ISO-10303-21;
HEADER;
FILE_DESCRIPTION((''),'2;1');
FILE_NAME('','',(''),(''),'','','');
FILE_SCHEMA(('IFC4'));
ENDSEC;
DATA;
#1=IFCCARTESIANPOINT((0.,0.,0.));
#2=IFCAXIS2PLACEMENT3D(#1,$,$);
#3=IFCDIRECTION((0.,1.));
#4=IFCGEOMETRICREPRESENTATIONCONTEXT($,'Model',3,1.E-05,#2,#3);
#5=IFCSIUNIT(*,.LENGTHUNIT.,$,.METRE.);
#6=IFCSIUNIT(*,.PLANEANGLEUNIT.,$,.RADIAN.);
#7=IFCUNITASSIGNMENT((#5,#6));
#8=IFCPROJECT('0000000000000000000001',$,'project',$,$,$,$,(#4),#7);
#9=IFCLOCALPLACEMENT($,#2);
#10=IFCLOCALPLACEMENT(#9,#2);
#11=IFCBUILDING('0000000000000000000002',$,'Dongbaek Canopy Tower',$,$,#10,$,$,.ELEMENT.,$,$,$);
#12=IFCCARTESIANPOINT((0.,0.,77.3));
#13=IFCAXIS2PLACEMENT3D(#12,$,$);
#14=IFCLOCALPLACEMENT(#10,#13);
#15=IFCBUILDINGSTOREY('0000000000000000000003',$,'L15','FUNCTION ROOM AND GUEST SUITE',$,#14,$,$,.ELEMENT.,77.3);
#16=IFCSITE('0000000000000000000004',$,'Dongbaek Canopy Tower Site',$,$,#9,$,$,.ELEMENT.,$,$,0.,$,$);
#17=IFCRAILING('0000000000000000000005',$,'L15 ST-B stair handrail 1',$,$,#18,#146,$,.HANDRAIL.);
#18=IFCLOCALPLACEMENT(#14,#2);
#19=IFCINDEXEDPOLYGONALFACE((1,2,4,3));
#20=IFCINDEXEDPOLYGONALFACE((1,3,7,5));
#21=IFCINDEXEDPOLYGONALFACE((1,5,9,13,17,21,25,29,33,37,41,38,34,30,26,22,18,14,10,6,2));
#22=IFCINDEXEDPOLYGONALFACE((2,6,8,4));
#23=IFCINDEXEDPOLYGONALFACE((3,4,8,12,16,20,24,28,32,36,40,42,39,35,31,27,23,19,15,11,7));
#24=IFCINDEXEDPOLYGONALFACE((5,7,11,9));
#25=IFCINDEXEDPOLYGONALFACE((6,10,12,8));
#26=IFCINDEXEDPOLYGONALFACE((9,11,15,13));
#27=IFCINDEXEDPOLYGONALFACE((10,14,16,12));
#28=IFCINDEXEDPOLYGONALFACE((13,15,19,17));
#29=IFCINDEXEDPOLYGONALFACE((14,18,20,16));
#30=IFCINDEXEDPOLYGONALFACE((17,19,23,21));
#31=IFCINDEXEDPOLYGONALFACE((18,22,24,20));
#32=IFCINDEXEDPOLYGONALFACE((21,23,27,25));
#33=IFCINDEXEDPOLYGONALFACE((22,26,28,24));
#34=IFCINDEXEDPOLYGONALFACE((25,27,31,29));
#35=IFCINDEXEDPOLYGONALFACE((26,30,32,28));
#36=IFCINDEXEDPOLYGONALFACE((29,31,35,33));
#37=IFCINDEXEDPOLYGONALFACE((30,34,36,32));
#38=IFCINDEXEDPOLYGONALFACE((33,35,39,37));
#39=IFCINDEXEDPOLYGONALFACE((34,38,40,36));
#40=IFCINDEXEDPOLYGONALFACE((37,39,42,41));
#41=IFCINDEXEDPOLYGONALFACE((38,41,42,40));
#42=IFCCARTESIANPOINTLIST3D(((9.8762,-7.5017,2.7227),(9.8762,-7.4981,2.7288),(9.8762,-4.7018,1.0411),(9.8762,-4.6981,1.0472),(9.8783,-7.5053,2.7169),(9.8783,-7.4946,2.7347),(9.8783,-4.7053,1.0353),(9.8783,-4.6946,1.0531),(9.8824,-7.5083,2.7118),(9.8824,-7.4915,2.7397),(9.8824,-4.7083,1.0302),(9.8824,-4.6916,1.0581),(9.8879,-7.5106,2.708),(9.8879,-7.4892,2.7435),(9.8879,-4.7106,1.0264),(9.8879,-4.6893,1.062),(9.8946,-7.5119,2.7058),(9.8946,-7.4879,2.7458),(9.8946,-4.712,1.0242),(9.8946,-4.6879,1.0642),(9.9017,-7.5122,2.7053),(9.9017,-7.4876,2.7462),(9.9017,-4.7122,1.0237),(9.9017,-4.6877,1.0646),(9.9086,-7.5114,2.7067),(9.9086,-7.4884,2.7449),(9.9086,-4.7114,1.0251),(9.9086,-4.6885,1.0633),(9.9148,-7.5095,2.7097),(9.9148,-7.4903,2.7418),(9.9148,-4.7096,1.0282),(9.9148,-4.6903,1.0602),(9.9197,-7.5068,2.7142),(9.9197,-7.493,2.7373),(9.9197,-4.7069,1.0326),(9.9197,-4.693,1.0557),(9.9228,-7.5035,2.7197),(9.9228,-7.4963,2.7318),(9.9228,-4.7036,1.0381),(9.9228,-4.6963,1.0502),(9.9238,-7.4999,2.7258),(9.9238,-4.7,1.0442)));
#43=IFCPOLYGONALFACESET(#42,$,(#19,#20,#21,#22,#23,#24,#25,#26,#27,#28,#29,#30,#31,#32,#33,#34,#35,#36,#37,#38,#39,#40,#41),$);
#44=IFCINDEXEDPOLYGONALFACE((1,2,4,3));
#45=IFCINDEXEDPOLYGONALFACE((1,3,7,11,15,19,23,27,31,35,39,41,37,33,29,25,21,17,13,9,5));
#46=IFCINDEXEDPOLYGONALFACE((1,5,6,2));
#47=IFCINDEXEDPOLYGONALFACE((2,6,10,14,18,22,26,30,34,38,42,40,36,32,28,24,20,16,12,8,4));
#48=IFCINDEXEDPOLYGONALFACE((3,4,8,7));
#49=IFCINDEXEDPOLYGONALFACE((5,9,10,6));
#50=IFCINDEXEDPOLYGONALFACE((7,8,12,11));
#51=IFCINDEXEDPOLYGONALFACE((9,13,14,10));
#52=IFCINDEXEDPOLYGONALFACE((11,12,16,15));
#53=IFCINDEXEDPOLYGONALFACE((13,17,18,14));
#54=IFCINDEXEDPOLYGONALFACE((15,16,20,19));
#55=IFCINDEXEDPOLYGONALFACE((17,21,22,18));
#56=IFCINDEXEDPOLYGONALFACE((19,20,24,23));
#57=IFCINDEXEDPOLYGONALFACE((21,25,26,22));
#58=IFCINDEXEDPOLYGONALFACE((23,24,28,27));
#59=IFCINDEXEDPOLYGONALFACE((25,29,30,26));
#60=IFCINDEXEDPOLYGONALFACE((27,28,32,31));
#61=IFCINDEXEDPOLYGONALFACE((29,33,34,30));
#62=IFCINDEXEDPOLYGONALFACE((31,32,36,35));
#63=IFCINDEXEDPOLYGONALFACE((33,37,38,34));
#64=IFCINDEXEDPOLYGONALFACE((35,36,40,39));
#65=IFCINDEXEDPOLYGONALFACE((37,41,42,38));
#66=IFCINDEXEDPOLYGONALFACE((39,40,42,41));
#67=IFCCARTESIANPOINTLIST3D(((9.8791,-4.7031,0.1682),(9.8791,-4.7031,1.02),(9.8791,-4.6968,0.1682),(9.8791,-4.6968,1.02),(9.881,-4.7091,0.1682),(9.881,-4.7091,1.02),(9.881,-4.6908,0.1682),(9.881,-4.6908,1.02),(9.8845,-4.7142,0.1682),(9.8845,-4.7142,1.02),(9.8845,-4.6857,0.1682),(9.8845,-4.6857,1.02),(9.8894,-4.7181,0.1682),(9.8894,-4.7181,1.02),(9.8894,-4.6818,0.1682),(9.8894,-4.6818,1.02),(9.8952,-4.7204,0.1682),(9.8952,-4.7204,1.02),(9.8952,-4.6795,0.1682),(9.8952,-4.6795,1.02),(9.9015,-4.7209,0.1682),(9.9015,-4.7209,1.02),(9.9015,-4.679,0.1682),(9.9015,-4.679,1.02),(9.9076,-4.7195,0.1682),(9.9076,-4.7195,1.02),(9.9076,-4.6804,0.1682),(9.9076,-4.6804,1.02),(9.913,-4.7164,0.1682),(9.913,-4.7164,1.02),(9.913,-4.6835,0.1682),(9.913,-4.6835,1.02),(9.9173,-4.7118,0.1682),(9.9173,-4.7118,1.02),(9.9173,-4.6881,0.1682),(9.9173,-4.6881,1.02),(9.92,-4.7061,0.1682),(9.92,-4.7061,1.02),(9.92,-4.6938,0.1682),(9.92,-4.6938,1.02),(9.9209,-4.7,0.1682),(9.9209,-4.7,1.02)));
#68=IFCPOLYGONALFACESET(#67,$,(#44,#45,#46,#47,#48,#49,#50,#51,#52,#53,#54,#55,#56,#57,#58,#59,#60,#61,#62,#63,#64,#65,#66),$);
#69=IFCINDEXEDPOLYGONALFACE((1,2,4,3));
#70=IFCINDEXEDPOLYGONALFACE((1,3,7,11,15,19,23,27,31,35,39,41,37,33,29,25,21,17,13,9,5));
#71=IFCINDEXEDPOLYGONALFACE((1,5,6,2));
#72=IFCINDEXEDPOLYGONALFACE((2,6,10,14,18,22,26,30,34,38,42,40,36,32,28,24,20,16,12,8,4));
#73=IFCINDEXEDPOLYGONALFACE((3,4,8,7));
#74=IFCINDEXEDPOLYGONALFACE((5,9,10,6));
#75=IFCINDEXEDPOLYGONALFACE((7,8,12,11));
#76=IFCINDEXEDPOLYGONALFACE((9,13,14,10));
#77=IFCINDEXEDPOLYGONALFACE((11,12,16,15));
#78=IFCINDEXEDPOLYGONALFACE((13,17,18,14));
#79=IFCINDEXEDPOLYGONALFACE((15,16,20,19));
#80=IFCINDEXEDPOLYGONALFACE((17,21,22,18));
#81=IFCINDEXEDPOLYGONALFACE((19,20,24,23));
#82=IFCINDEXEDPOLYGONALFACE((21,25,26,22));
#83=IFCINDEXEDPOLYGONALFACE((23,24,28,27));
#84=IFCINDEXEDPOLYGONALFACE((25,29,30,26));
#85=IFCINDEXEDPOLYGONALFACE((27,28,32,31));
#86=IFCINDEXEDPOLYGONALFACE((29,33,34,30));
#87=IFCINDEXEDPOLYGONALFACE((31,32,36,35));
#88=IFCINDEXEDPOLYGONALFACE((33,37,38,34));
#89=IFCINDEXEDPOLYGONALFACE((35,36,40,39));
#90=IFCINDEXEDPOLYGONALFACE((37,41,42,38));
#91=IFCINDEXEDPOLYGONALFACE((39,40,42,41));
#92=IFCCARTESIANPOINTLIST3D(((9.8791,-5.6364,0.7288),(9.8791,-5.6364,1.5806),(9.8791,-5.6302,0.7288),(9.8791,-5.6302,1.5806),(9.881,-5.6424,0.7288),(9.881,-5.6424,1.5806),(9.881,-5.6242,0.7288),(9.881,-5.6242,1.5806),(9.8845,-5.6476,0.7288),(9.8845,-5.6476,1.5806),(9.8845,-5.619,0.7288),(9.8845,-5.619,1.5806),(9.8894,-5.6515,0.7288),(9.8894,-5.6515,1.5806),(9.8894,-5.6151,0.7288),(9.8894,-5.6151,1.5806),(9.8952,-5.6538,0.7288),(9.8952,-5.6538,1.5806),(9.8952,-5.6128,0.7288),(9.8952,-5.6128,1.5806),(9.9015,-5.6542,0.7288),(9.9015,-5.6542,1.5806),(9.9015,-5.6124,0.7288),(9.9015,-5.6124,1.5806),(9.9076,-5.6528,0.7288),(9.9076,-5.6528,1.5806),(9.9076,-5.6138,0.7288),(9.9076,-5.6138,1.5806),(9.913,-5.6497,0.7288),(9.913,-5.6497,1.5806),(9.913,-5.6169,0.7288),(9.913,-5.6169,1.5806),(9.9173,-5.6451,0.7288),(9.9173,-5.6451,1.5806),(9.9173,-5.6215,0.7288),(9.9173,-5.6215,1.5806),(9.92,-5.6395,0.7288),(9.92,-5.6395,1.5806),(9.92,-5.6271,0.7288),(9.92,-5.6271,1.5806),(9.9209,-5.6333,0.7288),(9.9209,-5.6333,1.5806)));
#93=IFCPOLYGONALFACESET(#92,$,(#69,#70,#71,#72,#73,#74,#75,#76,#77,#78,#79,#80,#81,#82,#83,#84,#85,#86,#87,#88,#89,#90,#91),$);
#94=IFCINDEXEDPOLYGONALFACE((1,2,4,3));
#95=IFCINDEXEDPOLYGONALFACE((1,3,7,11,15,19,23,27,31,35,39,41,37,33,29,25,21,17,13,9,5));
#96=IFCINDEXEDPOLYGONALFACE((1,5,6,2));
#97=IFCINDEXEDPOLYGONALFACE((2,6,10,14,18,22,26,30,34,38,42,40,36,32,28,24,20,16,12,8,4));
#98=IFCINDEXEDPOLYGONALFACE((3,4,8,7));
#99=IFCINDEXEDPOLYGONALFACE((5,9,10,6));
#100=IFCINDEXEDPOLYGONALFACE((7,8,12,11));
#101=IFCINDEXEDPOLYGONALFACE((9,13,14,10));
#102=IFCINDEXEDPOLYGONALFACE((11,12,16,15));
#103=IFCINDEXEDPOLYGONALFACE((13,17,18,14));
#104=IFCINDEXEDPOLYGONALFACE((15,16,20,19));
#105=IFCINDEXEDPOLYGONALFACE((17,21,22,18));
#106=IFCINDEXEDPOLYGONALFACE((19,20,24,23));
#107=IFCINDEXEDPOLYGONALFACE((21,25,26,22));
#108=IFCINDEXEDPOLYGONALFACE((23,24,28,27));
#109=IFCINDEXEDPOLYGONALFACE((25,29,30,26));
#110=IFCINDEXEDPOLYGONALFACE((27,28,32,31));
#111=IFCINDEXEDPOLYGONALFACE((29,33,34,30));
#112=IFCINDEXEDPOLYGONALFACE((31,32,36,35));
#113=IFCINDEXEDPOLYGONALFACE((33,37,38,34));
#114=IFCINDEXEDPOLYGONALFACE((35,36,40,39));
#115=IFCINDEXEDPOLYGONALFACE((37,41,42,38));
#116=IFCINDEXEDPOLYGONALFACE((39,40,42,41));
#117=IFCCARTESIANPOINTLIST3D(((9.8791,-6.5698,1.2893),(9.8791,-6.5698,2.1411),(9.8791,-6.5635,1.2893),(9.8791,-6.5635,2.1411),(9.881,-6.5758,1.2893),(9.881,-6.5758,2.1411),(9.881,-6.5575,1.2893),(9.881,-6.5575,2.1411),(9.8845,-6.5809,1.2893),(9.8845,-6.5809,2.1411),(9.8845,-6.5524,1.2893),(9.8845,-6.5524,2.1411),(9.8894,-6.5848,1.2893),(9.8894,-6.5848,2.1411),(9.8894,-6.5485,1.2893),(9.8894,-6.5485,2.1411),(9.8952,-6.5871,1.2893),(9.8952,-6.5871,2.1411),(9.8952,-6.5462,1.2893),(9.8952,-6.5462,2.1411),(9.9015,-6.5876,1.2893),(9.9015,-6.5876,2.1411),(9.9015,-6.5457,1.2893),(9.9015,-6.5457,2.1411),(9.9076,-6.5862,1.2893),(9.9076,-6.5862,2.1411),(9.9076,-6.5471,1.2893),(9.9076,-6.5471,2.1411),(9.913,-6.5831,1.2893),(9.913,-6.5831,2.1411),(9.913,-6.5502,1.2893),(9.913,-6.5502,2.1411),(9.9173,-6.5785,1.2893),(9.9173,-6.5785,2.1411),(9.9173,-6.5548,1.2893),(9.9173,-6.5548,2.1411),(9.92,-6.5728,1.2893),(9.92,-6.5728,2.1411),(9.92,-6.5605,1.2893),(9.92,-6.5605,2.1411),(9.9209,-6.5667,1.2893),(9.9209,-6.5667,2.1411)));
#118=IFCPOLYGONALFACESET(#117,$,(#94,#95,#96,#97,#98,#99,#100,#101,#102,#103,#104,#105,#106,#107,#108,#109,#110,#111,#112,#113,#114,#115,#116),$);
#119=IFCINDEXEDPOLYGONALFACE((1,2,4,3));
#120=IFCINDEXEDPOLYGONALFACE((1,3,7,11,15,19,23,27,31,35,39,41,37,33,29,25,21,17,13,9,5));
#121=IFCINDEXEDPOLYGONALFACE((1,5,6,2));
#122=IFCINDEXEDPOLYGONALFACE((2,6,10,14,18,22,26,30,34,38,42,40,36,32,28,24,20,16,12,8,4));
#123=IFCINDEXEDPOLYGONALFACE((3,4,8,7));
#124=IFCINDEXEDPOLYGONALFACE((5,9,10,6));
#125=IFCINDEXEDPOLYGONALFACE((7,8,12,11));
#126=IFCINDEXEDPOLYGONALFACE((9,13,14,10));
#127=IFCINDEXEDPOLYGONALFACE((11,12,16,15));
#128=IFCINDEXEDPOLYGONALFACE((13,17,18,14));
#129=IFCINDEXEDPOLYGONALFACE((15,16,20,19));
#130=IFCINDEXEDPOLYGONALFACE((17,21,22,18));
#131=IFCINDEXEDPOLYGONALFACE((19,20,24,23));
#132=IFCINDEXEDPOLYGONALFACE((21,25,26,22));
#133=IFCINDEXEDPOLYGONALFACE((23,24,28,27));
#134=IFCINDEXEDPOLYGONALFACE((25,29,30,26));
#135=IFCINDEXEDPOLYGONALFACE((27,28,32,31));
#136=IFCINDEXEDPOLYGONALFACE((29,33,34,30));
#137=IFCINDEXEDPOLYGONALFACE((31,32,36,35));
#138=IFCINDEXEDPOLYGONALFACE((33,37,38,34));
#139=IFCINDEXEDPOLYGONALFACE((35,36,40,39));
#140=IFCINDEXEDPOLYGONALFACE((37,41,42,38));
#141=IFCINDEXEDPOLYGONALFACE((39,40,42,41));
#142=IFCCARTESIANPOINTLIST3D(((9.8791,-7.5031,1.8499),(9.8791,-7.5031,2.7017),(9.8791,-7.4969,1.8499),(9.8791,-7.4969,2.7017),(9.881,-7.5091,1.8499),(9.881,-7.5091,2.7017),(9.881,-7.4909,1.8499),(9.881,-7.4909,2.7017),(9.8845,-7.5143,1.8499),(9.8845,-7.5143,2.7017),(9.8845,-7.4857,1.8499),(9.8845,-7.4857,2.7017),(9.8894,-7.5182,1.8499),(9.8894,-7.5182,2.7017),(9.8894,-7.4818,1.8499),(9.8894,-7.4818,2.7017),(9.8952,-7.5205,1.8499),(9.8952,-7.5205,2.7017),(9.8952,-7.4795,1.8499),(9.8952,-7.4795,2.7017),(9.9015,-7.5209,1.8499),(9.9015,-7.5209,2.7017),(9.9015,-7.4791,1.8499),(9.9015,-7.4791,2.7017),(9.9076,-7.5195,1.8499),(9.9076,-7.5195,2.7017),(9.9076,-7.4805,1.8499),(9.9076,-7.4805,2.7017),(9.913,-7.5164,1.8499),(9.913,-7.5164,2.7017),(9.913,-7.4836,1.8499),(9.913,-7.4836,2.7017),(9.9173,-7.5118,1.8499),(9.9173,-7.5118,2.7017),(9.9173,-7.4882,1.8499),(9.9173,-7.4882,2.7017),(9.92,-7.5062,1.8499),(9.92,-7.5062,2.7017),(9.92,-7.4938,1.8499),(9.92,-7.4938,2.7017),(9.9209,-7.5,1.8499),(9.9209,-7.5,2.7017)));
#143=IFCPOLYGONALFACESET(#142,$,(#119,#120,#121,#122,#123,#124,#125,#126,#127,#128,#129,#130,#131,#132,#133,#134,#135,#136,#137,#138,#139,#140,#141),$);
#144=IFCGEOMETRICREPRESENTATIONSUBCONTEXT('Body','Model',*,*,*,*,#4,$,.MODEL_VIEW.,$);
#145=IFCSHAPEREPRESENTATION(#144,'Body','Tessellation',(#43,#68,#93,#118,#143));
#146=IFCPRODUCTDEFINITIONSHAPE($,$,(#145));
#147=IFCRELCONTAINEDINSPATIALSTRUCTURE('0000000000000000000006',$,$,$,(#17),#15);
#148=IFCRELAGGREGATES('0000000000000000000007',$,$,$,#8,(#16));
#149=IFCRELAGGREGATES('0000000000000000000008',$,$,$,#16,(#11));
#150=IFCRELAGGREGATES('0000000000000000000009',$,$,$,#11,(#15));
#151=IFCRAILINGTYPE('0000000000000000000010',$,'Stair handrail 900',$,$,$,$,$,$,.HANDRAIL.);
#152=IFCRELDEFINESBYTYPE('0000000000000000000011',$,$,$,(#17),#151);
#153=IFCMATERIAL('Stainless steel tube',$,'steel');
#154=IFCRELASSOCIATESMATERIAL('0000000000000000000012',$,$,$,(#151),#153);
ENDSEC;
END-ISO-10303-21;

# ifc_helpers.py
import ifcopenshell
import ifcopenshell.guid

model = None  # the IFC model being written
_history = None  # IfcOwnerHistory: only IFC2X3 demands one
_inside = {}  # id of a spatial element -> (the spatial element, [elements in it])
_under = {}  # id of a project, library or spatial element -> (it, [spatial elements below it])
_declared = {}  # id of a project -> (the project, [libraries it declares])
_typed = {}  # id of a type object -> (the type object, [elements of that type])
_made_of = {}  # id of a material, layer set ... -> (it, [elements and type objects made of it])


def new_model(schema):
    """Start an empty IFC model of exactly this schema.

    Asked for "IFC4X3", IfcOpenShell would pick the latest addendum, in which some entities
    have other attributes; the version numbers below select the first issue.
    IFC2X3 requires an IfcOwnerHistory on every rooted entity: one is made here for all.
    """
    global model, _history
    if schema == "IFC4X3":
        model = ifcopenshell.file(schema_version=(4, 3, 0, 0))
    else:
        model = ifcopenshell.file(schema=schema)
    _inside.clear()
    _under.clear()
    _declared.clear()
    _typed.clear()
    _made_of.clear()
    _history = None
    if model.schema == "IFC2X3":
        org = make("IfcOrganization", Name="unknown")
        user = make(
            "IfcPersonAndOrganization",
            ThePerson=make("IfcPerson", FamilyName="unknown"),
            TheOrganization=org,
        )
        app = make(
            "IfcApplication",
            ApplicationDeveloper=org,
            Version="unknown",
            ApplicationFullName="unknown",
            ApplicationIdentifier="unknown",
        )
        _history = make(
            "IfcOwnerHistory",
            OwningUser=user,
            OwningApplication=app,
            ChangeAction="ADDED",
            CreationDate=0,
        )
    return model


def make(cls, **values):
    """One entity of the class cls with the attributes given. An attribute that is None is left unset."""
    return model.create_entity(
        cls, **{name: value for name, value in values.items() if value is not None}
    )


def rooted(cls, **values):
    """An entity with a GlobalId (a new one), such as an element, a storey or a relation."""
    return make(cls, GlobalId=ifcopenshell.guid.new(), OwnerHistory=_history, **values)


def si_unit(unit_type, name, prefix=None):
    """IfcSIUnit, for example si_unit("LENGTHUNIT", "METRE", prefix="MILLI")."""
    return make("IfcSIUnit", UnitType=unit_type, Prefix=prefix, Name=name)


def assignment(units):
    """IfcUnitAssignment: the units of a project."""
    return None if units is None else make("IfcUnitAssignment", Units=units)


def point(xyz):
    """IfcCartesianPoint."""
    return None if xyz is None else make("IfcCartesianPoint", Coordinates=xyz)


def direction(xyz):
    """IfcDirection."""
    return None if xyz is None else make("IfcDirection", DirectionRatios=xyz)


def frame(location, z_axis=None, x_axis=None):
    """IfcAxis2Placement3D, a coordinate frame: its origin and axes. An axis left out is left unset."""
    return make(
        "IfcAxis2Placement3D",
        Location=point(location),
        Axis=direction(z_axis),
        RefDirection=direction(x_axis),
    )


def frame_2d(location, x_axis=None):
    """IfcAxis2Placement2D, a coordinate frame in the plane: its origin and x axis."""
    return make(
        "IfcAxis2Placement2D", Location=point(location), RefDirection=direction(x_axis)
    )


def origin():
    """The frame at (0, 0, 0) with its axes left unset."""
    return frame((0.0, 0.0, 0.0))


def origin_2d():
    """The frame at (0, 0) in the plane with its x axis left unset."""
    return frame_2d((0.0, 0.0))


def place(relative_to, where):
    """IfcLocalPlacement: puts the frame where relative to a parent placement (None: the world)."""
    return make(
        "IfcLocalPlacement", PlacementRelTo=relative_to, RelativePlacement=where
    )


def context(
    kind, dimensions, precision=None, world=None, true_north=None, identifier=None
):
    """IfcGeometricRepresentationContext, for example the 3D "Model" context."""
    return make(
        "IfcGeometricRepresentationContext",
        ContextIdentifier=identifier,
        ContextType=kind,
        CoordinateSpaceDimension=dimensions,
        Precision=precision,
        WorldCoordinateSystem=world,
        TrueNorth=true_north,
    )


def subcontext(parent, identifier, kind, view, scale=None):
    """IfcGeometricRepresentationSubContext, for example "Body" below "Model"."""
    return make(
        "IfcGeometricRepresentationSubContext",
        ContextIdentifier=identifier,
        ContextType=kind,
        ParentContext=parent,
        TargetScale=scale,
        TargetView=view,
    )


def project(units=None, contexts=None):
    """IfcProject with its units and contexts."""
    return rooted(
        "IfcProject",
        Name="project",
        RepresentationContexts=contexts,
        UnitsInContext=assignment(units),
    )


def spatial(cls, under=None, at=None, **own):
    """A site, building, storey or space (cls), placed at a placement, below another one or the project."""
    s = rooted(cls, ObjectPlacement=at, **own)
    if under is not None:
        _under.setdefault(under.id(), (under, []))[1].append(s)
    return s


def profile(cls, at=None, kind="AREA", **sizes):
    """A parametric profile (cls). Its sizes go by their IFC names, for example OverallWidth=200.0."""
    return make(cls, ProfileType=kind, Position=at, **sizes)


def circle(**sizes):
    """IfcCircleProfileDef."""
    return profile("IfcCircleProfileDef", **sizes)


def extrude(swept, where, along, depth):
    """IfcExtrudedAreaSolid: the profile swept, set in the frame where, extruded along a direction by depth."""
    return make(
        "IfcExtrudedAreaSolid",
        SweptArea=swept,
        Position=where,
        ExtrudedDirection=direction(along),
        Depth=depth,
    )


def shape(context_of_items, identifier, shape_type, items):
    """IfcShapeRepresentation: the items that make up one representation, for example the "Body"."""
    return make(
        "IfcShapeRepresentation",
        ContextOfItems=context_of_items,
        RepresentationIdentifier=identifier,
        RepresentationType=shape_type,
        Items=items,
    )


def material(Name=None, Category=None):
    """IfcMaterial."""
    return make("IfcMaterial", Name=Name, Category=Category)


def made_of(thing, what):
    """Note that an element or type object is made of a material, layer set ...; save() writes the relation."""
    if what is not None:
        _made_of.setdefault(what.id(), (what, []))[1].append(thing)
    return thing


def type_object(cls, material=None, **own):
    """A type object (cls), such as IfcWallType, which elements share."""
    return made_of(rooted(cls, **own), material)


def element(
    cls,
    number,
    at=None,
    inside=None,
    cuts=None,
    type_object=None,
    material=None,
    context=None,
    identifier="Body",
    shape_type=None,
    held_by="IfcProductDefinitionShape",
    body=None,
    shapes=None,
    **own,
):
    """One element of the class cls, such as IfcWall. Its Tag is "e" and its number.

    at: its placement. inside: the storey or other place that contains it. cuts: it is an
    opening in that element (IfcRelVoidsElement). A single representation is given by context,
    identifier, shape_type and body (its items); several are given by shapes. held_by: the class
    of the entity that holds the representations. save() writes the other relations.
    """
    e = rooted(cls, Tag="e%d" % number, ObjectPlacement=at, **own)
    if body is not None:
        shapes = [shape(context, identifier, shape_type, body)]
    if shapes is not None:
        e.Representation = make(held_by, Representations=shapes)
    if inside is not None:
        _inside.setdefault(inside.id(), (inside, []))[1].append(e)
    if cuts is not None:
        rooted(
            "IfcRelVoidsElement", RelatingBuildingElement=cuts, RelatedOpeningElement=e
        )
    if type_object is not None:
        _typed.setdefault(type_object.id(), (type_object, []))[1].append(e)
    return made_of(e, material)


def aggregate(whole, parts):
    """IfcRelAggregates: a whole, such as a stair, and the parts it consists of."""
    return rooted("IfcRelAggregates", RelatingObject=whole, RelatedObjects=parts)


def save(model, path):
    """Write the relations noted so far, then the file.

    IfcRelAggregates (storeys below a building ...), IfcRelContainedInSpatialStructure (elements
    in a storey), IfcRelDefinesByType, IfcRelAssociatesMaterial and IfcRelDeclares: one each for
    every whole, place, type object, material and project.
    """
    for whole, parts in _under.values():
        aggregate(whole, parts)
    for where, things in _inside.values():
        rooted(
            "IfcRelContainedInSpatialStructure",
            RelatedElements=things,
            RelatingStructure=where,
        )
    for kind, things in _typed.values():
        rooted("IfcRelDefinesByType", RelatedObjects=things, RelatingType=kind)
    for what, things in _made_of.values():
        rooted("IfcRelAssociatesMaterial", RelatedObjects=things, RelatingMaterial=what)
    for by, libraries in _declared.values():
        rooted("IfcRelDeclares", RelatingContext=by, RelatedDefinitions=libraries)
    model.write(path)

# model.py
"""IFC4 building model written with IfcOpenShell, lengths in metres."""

from ifc_helpers import new_model, si_unit, direction, frame, origin, origin_2d, place, context, subcontext, project, spatial, circle, extrude, material, type_object, element, save


model = new_model("IFC4")

# Units and contexts
model_context = context("Model", 3, precision=1e-05, world=origin(), true_north=direction((0.0, 1.0)))
body_context = subcontext(model_context, "Body", "Model", "MODEL_VIEW")
ifc_project = project(units=[si_unit("LENGTHUNIT", "METRE"), si_unit("PLANEANGLEUNIT", "RADIAN")], contexts=[model_context])

# Site, building, storey
site_placement = place(None, origin())
site = spatial("IfcSite", under=ifc_project, at=site_placement, Name="Dongbaek Canopy Tower Site", CompositionType="ELEMENT", RefElevation=0.0)
building_placement = place(site_placement, origin())
building = spatial("IfcBuilding", under=site, at=building_placement, Name="Dongbaek Canopy Tower", CompositionType="ELEMENT")
storey_placement = place(building_placement, frame((0.0, 0.0, 77.3)))
storey = spatial("IfcBuildingStorey", under=building, at=storey_placement, Name="L15", Description="FUNCTION ROOM AND GUEST SUITE", CompositionType="ELEMENT", Elevation=77.3)

# Railing
ifc_material_1 = material(Name="Stainless steel tube", Category="steel")
railing_type_1 = type_object("IfcRailingType", Name="Stair handrail 900", PredefinedType="HANDRAIL", material=ifc_material_1)
railing_1_placement = place(storey_placement, frame((9.8999, -4.7, 0.1682)))
element("IfcRailing", 1, at=railing_1_placement, inside=storey, type_object=railing_type_1, Name="L15 ST-B stair handrail 1", PredefinedType="HANDRAIL", context=body_context, shape_type="SweptSolid", body=[
    extrude(circle(Radius=0.0239, at=origin_2d()), frame((0.0, 0.0, 0.876), z_axis=(0.0, -0.857275, 0.514858), x_axis=(1.0, 0.0, 0.0)), (0.0, 0.0, 1.0), 3.2661),
    extrude(circle(Radius=0.021, at=origin_2d()), origin(), (0.0, 0.0, 1.0), 0.8518),
    extrude(circle(Radius=0.021, at=origin_2d()), frame((0.0, -0.9333, 0.5605)), (0.0, 0.0, 1.0), 0.8518),
    extrude(circle(Radius=0.021, at=origin_2d()), frame((0.0, -1.8667, 1.1211)), (0.0, 0.0, 1.0), 0.8518),
    extrude(circle(Radius=0.021, at=origin_2d()), frame((0.0, -2.8, 1.6816)), (0.0, 0.0, 1.0), 0.8518),
])

save(model, "model.ifc")
